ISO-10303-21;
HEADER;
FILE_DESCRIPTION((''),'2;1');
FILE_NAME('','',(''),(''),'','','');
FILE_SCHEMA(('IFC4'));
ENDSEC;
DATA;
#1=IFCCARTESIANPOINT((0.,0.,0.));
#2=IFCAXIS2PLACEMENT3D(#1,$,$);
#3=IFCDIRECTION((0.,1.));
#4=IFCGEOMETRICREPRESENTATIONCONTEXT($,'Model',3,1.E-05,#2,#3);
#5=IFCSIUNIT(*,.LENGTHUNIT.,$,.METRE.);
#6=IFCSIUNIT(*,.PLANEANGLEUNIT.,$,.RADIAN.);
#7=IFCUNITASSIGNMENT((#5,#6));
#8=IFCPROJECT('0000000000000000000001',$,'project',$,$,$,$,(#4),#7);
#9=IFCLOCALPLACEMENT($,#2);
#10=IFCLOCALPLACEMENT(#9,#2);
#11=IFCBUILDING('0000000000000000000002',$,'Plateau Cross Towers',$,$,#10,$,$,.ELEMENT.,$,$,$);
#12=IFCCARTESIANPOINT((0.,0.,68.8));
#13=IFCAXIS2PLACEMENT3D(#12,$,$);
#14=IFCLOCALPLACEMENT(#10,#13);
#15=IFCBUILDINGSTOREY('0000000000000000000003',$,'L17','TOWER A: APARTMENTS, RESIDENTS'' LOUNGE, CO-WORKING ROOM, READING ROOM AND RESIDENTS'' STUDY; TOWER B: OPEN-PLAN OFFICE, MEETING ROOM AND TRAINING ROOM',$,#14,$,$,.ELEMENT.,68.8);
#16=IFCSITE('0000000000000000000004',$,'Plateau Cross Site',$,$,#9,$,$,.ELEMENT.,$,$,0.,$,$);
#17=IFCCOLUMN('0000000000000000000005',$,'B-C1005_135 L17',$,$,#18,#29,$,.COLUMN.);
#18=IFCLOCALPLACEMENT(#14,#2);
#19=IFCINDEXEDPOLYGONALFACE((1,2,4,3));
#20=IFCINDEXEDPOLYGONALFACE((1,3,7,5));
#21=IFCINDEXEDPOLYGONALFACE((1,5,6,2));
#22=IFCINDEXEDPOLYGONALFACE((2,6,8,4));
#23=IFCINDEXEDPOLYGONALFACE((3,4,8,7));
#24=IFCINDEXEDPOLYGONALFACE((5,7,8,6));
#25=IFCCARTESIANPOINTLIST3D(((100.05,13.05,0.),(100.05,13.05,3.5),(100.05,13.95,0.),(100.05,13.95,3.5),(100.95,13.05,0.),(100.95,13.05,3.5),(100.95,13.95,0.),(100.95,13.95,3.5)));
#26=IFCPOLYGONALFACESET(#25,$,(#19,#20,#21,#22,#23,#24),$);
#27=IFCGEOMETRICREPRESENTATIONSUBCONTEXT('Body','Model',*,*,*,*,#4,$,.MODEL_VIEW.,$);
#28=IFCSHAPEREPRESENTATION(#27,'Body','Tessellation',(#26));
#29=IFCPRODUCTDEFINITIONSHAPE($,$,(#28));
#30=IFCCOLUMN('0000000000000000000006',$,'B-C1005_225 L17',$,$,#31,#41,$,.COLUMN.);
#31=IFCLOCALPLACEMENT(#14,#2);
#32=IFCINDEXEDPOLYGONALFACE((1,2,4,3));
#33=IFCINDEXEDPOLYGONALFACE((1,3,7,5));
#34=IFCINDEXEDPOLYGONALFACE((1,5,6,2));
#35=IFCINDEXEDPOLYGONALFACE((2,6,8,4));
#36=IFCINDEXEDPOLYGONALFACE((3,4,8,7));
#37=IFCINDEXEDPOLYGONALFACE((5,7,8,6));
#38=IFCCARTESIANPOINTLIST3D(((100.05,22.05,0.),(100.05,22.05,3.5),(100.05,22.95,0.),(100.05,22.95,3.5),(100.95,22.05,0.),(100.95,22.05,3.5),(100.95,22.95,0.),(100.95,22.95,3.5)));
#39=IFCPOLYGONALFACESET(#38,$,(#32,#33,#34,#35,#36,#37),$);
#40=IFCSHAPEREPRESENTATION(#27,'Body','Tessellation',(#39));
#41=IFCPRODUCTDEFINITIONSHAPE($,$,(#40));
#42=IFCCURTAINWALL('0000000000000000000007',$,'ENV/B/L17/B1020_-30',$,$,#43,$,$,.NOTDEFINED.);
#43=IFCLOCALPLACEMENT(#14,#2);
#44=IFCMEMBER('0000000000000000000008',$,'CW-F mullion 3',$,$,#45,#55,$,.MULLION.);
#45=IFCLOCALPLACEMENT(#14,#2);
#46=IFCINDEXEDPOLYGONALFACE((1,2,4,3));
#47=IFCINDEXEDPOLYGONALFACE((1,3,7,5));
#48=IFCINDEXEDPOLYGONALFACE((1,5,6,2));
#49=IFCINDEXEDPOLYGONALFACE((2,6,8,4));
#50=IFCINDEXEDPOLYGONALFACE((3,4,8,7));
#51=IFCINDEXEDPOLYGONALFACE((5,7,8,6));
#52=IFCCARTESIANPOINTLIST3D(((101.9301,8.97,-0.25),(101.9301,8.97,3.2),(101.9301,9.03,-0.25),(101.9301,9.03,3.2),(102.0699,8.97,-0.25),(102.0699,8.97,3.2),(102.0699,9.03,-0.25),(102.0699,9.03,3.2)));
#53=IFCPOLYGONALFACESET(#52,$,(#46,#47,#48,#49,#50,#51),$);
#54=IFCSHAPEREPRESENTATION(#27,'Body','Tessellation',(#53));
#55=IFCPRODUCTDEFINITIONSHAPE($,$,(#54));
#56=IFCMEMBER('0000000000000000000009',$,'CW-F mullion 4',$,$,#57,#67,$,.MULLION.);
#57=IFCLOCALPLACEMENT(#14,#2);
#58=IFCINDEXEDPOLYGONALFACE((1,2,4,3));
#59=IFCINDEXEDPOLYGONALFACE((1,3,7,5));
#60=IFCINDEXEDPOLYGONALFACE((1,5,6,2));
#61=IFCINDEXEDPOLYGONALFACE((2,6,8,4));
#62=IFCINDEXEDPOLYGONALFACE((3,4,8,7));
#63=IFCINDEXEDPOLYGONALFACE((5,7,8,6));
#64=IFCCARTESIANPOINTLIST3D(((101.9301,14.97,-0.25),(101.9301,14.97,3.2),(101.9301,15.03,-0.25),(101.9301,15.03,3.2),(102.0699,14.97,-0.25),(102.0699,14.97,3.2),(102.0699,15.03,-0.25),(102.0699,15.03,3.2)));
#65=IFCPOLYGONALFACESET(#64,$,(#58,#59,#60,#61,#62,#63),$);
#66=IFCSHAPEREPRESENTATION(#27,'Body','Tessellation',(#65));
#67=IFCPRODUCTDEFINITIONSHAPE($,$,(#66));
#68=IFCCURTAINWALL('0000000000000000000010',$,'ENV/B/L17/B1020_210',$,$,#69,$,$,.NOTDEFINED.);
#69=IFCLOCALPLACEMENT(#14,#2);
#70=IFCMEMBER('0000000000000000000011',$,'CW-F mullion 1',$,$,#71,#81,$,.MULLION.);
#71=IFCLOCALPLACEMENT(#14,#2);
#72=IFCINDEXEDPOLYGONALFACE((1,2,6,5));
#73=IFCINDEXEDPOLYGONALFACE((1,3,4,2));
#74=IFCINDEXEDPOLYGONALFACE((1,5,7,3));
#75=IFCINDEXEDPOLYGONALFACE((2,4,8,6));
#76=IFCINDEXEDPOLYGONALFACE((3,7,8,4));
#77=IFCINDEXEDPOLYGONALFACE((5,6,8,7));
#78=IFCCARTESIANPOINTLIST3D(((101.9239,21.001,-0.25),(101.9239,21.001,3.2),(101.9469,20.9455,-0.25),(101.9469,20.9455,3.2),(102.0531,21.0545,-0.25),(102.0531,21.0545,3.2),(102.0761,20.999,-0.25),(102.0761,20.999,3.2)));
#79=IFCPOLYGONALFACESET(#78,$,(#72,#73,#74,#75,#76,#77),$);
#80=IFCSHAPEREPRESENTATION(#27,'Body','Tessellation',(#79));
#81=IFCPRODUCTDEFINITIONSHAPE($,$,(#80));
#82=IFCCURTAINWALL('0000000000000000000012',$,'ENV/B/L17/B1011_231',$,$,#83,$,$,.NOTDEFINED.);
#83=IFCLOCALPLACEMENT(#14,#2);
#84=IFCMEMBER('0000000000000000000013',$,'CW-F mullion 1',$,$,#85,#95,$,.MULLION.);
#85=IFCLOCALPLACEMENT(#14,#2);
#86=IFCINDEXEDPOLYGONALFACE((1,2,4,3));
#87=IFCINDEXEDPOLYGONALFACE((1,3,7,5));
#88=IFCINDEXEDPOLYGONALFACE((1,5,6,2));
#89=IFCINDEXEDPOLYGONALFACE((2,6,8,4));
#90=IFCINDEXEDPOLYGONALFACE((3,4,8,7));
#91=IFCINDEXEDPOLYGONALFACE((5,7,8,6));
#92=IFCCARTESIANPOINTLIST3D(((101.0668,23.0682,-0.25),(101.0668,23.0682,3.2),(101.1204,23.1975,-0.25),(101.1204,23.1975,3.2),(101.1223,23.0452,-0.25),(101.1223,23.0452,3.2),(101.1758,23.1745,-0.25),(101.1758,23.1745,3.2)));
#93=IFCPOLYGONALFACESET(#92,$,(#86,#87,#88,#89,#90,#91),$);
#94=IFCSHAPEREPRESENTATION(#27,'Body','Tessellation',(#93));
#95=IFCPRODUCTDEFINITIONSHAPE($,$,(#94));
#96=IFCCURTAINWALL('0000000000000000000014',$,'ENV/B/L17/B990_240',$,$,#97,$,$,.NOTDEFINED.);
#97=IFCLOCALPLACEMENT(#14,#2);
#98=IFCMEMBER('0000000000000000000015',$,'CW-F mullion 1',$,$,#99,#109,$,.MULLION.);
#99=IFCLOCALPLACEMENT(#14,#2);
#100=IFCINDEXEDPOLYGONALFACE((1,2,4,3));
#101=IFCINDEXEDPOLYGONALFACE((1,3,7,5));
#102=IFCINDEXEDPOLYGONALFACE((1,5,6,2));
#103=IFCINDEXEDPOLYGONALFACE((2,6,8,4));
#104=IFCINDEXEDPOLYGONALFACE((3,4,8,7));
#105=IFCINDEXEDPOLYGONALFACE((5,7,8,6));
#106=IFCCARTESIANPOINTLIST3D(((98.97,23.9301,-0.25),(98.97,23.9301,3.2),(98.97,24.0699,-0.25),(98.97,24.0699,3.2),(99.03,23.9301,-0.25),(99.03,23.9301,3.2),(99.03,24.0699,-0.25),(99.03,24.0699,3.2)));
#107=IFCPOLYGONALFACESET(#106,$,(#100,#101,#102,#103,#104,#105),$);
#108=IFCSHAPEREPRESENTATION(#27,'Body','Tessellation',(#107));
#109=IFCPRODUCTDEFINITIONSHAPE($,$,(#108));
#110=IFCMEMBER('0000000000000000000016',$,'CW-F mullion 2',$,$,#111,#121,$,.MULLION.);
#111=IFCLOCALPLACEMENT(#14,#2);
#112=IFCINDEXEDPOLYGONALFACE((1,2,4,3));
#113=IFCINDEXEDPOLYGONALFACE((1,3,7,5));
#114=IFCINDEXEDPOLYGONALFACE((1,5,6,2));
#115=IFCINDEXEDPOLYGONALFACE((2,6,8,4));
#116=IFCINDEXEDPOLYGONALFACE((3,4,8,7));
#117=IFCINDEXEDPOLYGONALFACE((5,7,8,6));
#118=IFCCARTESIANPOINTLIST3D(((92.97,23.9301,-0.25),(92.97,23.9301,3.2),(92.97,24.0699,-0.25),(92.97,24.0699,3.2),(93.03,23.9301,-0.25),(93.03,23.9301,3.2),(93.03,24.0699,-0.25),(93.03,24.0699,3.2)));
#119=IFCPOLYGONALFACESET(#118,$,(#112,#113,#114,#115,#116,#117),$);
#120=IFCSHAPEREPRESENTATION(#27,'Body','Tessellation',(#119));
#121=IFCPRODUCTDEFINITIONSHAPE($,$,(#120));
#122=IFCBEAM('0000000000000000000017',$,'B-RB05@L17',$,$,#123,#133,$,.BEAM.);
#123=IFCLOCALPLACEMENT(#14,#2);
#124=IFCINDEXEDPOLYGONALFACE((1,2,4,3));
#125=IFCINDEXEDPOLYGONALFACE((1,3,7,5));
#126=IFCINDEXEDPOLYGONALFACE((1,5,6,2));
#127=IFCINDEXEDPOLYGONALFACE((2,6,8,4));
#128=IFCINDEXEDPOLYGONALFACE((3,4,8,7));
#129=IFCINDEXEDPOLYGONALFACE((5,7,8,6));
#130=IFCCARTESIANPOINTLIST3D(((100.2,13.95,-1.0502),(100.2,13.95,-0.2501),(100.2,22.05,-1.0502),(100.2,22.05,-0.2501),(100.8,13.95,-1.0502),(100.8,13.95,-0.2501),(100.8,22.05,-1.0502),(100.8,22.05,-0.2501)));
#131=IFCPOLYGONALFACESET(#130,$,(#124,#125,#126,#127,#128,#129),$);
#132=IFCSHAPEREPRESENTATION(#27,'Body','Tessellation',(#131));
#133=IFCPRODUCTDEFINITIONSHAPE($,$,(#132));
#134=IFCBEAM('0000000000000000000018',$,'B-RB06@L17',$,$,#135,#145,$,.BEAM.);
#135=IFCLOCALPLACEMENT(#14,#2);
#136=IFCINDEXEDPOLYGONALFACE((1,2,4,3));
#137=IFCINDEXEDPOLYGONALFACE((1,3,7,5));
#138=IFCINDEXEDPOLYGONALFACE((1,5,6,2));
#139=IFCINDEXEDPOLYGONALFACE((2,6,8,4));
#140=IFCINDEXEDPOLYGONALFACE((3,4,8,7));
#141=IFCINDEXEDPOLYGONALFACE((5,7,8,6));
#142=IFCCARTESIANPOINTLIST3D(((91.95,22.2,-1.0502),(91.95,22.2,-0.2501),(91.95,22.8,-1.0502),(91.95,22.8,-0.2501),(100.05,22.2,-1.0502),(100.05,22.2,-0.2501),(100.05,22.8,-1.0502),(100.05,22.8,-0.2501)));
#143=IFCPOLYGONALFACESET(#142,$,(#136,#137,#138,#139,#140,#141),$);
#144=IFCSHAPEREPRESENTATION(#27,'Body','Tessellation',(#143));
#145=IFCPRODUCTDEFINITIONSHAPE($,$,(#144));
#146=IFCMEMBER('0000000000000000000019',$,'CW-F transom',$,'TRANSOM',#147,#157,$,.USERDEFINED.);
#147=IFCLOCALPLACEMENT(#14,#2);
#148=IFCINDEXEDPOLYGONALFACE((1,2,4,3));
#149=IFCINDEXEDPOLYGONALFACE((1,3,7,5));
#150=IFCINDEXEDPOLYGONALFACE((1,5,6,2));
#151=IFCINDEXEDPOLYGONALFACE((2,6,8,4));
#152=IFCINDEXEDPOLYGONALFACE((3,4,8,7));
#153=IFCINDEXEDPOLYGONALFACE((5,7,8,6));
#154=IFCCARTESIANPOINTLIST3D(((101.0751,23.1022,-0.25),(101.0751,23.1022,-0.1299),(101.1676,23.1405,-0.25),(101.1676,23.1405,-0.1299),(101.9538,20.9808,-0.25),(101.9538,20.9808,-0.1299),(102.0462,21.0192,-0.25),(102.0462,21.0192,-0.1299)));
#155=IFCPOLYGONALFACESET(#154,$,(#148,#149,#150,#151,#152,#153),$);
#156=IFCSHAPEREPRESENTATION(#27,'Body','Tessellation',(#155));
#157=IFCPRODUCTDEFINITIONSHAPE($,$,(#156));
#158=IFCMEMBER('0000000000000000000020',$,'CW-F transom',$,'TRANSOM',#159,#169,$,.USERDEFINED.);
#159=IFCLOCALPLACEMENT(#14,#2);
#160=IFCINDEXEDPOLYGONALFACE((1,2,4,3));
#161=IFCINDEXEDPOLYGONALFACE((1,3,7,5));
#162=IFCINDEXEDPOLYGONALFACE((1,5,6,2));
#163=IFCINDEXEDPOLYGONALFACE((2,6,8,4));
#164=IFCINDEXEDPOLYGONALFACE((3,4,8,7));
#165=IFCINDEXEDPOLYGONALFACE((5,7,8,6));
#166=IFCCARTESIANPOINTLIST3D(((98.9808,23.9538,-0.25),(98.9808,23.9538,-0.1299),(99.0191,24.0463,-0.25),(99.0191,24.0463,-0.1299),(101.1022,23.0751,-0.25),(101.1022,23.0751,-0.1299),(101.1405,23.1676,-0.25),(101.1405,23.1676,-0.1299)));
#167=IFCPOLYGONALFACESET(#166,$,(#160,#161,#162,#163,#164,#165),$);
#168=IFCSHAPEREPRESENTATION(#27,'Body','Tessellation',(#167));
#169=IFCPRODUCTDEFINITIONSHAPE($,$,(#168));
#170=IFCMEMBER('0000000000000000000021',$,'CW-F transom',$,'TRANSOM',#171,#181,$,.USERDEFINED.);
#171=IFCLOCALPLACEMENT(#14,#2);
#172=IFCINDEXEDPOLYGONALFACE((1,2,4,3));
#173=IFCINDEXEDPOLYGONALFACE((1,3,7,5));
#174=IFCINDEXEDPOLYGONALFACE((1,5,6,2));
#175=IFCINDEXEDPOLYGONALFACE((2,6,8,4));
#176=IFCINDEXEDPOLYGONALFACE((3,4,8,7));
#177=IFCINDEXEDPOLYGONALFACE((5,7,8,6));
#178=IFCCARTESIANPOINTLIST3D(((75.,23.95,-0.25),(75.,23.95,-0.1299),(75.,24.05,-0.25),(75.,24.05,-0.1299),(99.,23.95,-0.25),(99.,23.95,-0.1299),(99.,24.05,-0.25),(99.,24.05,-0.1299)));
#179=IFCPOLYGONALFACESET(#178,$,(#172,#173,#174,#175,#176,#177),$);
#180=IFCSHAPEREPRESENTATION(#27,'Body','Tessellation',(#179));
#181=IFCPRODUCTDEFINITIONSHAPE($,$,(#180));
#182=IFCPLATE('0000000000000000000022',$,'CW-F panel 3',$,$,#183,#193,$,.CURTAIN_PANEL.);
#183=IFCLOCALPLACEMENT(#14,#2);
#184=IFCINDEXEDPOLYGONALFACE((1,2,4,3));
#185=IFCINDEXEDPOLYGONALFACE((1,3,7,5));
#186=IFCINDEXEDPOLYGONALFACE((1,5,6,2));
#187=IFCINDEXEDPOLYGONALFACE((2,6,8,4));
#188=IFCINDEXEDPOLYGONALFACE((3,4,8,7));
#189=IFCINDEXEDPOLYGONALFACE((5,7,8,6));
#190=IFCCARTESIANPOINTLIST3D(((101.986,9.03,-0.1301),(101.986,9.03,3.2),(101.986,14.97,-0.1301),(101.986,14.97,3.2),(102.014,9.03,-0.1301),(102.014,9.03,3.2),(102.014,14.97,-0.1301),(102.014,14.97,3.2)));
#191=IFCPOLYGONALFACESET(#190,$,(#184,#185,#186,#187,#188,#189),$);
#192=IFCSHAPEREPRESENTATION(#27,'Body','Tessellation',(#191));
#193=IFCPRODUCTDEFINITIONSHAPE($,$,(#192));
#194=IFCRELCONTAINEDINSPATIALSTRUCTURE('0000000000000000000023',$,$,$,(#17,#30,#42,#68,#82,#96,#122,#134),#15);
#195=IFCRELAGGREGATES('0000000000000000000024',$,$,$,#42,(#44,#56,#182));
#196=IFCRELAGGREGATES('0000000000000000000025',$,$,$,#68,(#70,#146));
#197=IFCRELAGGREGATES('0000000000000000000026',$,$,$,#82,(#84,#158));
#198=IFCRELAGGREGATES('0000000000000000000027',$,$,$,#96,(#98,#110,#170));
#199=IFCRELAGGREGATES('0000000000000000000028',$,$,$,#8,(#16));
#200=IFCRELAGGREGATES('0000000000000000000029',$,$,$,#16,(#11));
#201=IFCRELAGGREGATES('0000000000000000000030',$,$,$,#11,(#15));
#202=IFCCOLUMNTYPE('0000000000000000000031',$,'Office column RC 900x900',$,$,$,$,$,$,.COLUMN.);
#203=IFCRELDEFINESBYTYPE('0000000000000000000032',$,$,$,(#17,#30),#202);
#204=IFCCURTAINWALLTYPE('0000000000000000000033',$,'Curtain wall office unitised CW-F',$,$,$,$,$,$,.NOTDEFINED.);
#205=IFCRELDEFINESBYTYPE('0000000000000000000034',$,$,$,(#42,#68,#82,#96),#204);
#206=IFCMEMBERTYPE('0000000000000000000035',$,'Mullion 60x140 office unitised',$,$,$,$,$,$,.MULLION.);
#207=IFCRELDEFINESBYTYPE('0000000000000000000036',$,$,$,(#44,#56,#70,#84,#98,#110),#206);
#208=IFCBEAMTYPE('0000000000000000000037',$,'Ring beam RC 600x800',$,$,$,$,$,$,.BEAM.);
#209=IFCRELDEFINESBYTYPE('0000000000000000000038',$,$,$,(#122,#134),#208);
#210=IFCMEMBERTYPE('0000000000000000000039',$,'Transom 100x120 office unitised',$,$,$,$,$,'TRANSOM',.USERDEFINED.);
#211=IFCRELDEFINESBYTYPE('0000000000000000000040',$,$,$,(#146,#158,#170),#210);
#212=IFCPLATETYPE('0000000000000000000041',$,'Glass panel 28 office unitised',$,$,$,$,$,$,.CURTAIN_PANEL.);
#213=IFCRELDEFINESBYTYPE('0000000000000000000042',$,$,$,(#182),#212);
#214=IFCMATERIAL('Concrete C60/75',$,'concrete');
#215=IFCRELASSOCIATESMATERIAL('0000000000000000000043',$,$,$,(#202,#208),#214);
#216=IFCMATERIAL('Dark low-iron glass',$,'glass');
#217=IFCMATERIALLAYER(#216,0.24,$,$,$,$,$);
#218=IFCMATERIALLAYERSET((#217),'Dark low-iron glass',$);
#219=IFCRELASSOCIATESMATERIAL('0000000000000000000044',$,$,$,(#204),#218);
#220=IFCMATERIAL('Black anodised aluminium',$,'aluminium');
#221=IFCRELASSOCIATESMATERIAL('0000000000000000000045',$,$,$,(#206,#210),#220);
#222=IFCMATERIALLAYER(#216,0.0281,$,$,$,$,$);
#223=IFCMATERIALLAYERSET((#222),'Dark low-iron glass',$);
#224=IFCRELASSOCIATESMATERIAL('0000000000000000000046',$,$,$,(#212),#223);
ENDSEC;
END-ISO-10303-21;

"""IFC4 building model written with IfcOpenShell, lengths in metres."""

from ifc_helpers import new_model, si_unit, direction, frame, origin, origin_2d, place, context, subcontext, project, spatial, rectangle, extrude, material, layer, layer_set, material_profile, profile_set, type_object, element, aggregate, save


model = new_model("IFC4")

# Units and contexts
model_context = context("Model", 3, precision=1e-05, world=origin(), true_north=direction((0.0, 1.0)))
body_context = subcontext(model_context, "Body", "Model", "MODEL_VIEW")
ifc_project = project(units=[si_unit("LENGTHUNIT", "METRE"), si_unit("PLANEANGLEUNIT", "RADIAN")], contexts=[model_context])

# Site, building, storey
site_placement = place(None, origin())
site = spatial("IfcSite", under=ifc_project, at=site_placement, Name="Plateau Cross Site", CompositionType="ELEMENT", RefElevation=0.0)
building_placement = place(site_placement, origin())
building = spatial("IfcBuilding", under=site, at=building_placement, Name="Plateau Cross Towers", CompositionType="ELEMENT")
storey_placement = place(building_placement, frame((0.0, 0.0, 68.8)))
storey = spatial("IfcBuildingStorey", under=building, at=storey_placement, Name="L17", Description="TOWER A: APARTMENTS, RESIDENTS' LOUNGE, CO-WORKING ROOM, READING ROOM AND RESIDENTS' STUDY; TOWER B: OPEN-PLAN OFFICE, MEETING ROOM AND TRAINING ROOM", CompositionType="ELEMENT", Elevation=68.8)

# Columns
ifc_material_1 = material(Name="Concrete C60/75", Category="concrete")
ifc_material_profile_1 = material_profile(ifc_material_1, rectangle(XDim=0.8999, YDim=0.8999, at=origin_2d()), Name="RC 900x900")
ifc_profile_set_1 = profile_set([ifc_material_profile_1], Name="Concrete C60/75")
column_type = type_object("IfcColumnType", Name="Office column RC 900x900", PredefinedType="COLUMN", material=ifc_profile_set_1)
for number, where, z_axis, x_axis, name in (
    (1, (100.5, 13.5, 0.0), (0.0, 0.0, 1.0), (1.0, 0.0, 0.0), "B-C1005_135 L17"),
    (2, (100.5, 22.5, 0.0), (0.0, 0.0, 1.0), (1.0, 0.0, 0.0), "B-C1005_225 L17"),
):
    element("IfcColumn", number, at=place(storey_placement, frame(where, z_axis=z_axis, x_axis=x_axis)), inside=storey, type_object=column_type, Name=name, PredefinedType="COLUMN", context=body_context, shape_type="SweptSolid", body=[
        extrude(rectangle(XDim=0.8999, YDim=0.8999, at=origin_2d()), origin(), (0.0, 0.0, 1.0), 3.5),
    ])

# Curtain wall, members
ifc_material_2 = material(Name="Dark low-iron glass", Category="glass")
ifc_layer_1 = layer(ifc_material_2, 0.24)
ifc_layer_set_1 = layer_set([ifc_layer_1], Name="Dark low-iron glass")
curtain_wall_type = type_object("IfcCurtainWallType", Name="Curtain wall office unitised CW-F", PredefinedType="NOTDEFINED", material=ifc_layer_set_1)
curtain_wall_1_placement = place(storey_placement, origin())
curtain_wall_1 = element("IfcCurtainWall", 3, at=curtain_wall_1_placement, inside=storey, type_object=curtain_wall_type, Name="ENV/B/L17/B1020_-30", PredefinedType="NOTDEFINED")
ifc_material_3 = material(Name="Black anodised aluminium", Category="aluminium")
ifc_material_profile_2 = material_profile(ifc_material_3, rectangle(XDim=0.0601, YDim=0.1399, at=origin_2d()), Name="MULLION 60x140")
ifc_profile_set_2 = profile_set([ifc_material_profile_2], Name="Black anodised aluminium")
member_type_1 = type_object("IfcMemberType", Name="Mullion 60x140 office unitised", PredefinedType="MULLION", material=ifc_profile_set_2)
member_1_placement = place(storey_placement, frame((102.0, 9.0, -0.25), z_axis=(0.0, 0.0, 1.0), x_axis=(0.0, 1.0, 0.0)))
member_1 = element("IfcMember", 4, at=member_1_placement, type_object=member_type_1, Name="CW-F mullion 3", PredefinedType="MULLION", context=body_context, shape_type="SweptSolid", body=[
    extrude(rectangle(XDim=0.0601, YDim=0.1399, at=origin_2d()), origin(), (0.0, 0.0, 1.0), 3.45),
])
member_2_placement = place(storey_placement, frame((102.0, 15.0, -0.25), z_axis=(0.0, 0.0, 1.0), x_axis=(0.0, 1.0, 0.0)))
member_2 = element("IfcMember", 5, at=member_2_placement, type_object=member_type_1, Name="CW-F mullion 4", PredefinedType="MULLION", context=body_context, shape_type="SweptSolid", body=[
    extrude(rectangle(XDim=0.0601, YDim=0.1399, at=origin_2d()), origin(), (0.0, 0.0, 1.0), 3.45),
])

# Curtain walls, members
curtain_wall_2_placement = place(storey_placement, origin())
curtain_wall_2 = element("IfcCurtainWall", 6, at=curtain_wall_2_placement, inside=storey, type_object=curtain_wall_type, Name="ENV/B/L17/B1020_210", PredefinedType="NOTDEFINED")
member_3_placement = place(storey_placement, frame((102.0, 21.0, -0.25), z_axis=(0.0, 0.0, 1.0), x_axis=(-0.382684, 0.923879, 0.0)))
member_3 = element("IfcMember", 7, at=member_3_placement, type_object=member_type_1, Name="CW-F mullion 1", PredefinedType="MULLION", context=body_context, shape_type="SweptSolid", body=[
    extrude(rectangle(XDim=0.0601, YDim=0.1399, at=origin_2d()), origin(), (0.0, 0.0, 1.0), 3.45),
])
curtain_wall_3_placement = place(storey_placement, origin())
curtain_wall_3 = element("IfcCurtainWall", 8, at=curtain_wall_3_placement, inside=storey, type_object=curtain_wall_type, Name="ENV/B/L17/B1011_231", PredefinedType="NOTDEFINED")
member_4_placement = place(storey_placement, frame((101.1213, 23.1213, -0.25), z_axis=(0.0, 0.0, 1.0), x_axis=(-0.923879, 0.382684, 0.0)))
member_4 = element("IfcMember", 9, at=member_4_placement, type_object=member_type_1, Name="CW-F mullion 1", PredefinedType="MULLION", context=body_context, shape_type="SweptSolid", body=[
    extrude(rectangle(XDim=0.0601, YDim=0.1399, at=origin_2d()), origin(), (0.0, 0.0, 1.0), 3.45),
])

# Curtain wall, members
curtain_wall_4_placement = place(storey_placement, origin())
curtain_wall_4 = element("IfcCurtainWall", 10, at=curtain_wall_4_placement, inside=storey, type_object=curtain_wall_type, Name="ENV/B/L17/B990_240", PredefinedType="NOTDEFINED")
member_5_placement = place(storey_placement, frame((99.0, 24.0, -0.25), z_axis=(0.0, 0.0, 1.0), x_axis=(-1.0, 0.0, 0.0)))
member_5 = element("IfcMember", 11, at=member_5_placement, type_object=member_type_1, Name="CW-F mullion 1", PredefinedType="MULLION", context=body_context, shape_type="SweptSolid", body=[
    extrude(rectangle(XDim=0.0601, YDim=0.1399, at=origin_2d()), origin(), (0.0, 0.0, 1.0), 3.45),
])
member_6_placement = place(storey_placement, frame((93.0, 24.0, -0.25), z_axis=(0.0, 0.0, 1.0), x_axis=(-1.0, 0.0, 0.0)))
member_6 = element("IfcMember", 12, at=member_6_placement, type_object=member_type_1, Name="CW-F mullion 2", PredefinedType="MULLION", context=body_context, shape_type="SweptSolid", body=[
    extrude(rectangle(XDim=0.0601, YDim=0.1399, at=origin_2d()), origin(), (0.0, 0.0, 1.0), 3.45),
])

# Beams
ifc_material_profile_3 = material_profile(ifc_material_1, rectangle(XDim=0.6001, YDim=0.8, at=origin_2d()), Name="RC 600x800")
ifc_profile_set_3 = profile_set([ifc_material_profile_3], Name="Concrete C60/75")
beam_type = type_object("IfcBeamType", Name="Ring beam RC 600x800", PredefinedType="BEAM", material=ifc_profile_set_3)
for number, where, z_axis, x_axis, name in (
    (13, (100.5, 13.95, -0.6501), (0.0, 1.0, 0.0), (-1.0, 0.0, 0.0), "B-RB05@L17"),
    (14, (100.05, 22.5, -0.6501), (-1.0, 0.0, 0.0), (0.0, -1.0, 0.0), "B-RB06@L17"),
):
    element("IfcBeam", number, at=place(storey_placement, frame(where, z_axis=z_axis, x_axis=x_axis)), inside=storey, type_object=beam_type, Name=name, PredefinedType="BEAM", context=body_context, shape_type="SweptSolid", body=[
        extrude(rectangle(XDim=0.6001, YDim=0.8, at=origin_2d()), origin(), (0.0, 0.0, 1.0), 8.1001),
    ])

# Members
ifc_material_profile_4 = material_profile(ifc_material_3, rectangle(XDim=0.1001, YDim=0.1201, at=origin_2d()), Name="TRANSOM 100x120")
ifc_profile_set_4 = profile_set([ifc_material_profile_4], Name="Black anodised aluminium")
member_type_2 = type_object("IfcMemberType", Name="Transom 100x120 office unitised", ElementType="TRANSOM", PredefinedType="USERDEFINED", material=ifc_profile_set_4)
member_7_placement = place(storey_placement, frame((102.0, 21.0, -0.1899), z_axis=(-0.382674, 0.923883, 0.0), x_axis=(-0.923883, -0.382674, 0.0)))
member_7 = element("IfcMember", 15, at=member_7_placement, type_object=member_type_2, Name="CW-F transom", ObjectType="TRANSOM", PredefinedType="USERDEFINED", context=body_context, shape_type="SweptSolid", body=[
    extrude(rectangle(XDim=0.1001, YDim=0.1201, at=origin_2d()), origin(), (0.0, 0.0, 1.0), 2.2961),
])
member_8_placement = place(storey_placement, frame((101.1213, 23.1213, -0.1899), z_axis=(-0.923883, 0.382674, 0.0), x_axis=(-0.382674, -0.923883, 0.0)))
member_8 = element("IfcMember", 16, at=member_8_placement, type_object=member_type_2, Name="CW-F transom", ObjectType="TRANSOM", PredefinedType="USERDEFINED", context=body_context, shape_type="SweptSolid", body=[
    extrude(rectangle(XDim=0.1001, YDim=0.1201, at=origin_2d()), origin(), (0.0, 0.0, 1.0), 2.2961),
])
member_9_placement = place(storey_placement, frame((99.0, 24.0, -0.1899), z_axis=(-1.0, 0.0, 0.0), x_axis=(0.0, -1.0, 0.0)))
member_9 = element("IfcMember", 17, at=member_9_placement, type_object=member_type_2, Name="CW-F transom", ObjectType="TRANSOM", PredefinedType="USERDEFINED", context=body_context, shape_type="SweptSolid", body=[
    extrude(rectangle(XDim=0.1001, YDim=0.1201, at=origin_2d()), origin(), (0.0, 0.0, 1.0), 24.0),
])

# Plate
ifc_layer_2 = layer(ifc_material_2, 0.0281)
ifc_layer_set_2 = layer_set([ifc_layer_2], Name="Dark low-iron glass")
plate_type = type_object("IfcPlateType", Name="Glass panel 28 office unitised", PredefinedType="CURTAIN_PANEL", material=ifc_layer_set_2)
plate_1_placement = place(storey_placement, frame((102.0, 12.0, -0.1301), z_axis=(0.0, 0.0, 1.0), x_axis=(0.0, 1.0, 0.0)))
plate_1 = element("IfcPlate", 18, at=plate_1_placement, type_object=plate_type, Name="CW-F panel 3", PredefinedType="CURTAIN_PANEL", context=body_context, shape_type="SweptSolid", body=[
    extrude(rectangle(XDim=5.9399, YDim=0.0281, at=origin_2d()), origin(), (0.0, 0.0, 1.0), 3.3301),
])
aggregate(curtain_wall_1, [member_1, member_2, plate_1])
aggregate(curtain_wall_2, [member_3, member_7])
aggregate(curtain_wall_3, [member_4, member_8])
aggregate(curtain_wall_4, [member_5, member_6, member_9])

save(model, "model.ifc")
